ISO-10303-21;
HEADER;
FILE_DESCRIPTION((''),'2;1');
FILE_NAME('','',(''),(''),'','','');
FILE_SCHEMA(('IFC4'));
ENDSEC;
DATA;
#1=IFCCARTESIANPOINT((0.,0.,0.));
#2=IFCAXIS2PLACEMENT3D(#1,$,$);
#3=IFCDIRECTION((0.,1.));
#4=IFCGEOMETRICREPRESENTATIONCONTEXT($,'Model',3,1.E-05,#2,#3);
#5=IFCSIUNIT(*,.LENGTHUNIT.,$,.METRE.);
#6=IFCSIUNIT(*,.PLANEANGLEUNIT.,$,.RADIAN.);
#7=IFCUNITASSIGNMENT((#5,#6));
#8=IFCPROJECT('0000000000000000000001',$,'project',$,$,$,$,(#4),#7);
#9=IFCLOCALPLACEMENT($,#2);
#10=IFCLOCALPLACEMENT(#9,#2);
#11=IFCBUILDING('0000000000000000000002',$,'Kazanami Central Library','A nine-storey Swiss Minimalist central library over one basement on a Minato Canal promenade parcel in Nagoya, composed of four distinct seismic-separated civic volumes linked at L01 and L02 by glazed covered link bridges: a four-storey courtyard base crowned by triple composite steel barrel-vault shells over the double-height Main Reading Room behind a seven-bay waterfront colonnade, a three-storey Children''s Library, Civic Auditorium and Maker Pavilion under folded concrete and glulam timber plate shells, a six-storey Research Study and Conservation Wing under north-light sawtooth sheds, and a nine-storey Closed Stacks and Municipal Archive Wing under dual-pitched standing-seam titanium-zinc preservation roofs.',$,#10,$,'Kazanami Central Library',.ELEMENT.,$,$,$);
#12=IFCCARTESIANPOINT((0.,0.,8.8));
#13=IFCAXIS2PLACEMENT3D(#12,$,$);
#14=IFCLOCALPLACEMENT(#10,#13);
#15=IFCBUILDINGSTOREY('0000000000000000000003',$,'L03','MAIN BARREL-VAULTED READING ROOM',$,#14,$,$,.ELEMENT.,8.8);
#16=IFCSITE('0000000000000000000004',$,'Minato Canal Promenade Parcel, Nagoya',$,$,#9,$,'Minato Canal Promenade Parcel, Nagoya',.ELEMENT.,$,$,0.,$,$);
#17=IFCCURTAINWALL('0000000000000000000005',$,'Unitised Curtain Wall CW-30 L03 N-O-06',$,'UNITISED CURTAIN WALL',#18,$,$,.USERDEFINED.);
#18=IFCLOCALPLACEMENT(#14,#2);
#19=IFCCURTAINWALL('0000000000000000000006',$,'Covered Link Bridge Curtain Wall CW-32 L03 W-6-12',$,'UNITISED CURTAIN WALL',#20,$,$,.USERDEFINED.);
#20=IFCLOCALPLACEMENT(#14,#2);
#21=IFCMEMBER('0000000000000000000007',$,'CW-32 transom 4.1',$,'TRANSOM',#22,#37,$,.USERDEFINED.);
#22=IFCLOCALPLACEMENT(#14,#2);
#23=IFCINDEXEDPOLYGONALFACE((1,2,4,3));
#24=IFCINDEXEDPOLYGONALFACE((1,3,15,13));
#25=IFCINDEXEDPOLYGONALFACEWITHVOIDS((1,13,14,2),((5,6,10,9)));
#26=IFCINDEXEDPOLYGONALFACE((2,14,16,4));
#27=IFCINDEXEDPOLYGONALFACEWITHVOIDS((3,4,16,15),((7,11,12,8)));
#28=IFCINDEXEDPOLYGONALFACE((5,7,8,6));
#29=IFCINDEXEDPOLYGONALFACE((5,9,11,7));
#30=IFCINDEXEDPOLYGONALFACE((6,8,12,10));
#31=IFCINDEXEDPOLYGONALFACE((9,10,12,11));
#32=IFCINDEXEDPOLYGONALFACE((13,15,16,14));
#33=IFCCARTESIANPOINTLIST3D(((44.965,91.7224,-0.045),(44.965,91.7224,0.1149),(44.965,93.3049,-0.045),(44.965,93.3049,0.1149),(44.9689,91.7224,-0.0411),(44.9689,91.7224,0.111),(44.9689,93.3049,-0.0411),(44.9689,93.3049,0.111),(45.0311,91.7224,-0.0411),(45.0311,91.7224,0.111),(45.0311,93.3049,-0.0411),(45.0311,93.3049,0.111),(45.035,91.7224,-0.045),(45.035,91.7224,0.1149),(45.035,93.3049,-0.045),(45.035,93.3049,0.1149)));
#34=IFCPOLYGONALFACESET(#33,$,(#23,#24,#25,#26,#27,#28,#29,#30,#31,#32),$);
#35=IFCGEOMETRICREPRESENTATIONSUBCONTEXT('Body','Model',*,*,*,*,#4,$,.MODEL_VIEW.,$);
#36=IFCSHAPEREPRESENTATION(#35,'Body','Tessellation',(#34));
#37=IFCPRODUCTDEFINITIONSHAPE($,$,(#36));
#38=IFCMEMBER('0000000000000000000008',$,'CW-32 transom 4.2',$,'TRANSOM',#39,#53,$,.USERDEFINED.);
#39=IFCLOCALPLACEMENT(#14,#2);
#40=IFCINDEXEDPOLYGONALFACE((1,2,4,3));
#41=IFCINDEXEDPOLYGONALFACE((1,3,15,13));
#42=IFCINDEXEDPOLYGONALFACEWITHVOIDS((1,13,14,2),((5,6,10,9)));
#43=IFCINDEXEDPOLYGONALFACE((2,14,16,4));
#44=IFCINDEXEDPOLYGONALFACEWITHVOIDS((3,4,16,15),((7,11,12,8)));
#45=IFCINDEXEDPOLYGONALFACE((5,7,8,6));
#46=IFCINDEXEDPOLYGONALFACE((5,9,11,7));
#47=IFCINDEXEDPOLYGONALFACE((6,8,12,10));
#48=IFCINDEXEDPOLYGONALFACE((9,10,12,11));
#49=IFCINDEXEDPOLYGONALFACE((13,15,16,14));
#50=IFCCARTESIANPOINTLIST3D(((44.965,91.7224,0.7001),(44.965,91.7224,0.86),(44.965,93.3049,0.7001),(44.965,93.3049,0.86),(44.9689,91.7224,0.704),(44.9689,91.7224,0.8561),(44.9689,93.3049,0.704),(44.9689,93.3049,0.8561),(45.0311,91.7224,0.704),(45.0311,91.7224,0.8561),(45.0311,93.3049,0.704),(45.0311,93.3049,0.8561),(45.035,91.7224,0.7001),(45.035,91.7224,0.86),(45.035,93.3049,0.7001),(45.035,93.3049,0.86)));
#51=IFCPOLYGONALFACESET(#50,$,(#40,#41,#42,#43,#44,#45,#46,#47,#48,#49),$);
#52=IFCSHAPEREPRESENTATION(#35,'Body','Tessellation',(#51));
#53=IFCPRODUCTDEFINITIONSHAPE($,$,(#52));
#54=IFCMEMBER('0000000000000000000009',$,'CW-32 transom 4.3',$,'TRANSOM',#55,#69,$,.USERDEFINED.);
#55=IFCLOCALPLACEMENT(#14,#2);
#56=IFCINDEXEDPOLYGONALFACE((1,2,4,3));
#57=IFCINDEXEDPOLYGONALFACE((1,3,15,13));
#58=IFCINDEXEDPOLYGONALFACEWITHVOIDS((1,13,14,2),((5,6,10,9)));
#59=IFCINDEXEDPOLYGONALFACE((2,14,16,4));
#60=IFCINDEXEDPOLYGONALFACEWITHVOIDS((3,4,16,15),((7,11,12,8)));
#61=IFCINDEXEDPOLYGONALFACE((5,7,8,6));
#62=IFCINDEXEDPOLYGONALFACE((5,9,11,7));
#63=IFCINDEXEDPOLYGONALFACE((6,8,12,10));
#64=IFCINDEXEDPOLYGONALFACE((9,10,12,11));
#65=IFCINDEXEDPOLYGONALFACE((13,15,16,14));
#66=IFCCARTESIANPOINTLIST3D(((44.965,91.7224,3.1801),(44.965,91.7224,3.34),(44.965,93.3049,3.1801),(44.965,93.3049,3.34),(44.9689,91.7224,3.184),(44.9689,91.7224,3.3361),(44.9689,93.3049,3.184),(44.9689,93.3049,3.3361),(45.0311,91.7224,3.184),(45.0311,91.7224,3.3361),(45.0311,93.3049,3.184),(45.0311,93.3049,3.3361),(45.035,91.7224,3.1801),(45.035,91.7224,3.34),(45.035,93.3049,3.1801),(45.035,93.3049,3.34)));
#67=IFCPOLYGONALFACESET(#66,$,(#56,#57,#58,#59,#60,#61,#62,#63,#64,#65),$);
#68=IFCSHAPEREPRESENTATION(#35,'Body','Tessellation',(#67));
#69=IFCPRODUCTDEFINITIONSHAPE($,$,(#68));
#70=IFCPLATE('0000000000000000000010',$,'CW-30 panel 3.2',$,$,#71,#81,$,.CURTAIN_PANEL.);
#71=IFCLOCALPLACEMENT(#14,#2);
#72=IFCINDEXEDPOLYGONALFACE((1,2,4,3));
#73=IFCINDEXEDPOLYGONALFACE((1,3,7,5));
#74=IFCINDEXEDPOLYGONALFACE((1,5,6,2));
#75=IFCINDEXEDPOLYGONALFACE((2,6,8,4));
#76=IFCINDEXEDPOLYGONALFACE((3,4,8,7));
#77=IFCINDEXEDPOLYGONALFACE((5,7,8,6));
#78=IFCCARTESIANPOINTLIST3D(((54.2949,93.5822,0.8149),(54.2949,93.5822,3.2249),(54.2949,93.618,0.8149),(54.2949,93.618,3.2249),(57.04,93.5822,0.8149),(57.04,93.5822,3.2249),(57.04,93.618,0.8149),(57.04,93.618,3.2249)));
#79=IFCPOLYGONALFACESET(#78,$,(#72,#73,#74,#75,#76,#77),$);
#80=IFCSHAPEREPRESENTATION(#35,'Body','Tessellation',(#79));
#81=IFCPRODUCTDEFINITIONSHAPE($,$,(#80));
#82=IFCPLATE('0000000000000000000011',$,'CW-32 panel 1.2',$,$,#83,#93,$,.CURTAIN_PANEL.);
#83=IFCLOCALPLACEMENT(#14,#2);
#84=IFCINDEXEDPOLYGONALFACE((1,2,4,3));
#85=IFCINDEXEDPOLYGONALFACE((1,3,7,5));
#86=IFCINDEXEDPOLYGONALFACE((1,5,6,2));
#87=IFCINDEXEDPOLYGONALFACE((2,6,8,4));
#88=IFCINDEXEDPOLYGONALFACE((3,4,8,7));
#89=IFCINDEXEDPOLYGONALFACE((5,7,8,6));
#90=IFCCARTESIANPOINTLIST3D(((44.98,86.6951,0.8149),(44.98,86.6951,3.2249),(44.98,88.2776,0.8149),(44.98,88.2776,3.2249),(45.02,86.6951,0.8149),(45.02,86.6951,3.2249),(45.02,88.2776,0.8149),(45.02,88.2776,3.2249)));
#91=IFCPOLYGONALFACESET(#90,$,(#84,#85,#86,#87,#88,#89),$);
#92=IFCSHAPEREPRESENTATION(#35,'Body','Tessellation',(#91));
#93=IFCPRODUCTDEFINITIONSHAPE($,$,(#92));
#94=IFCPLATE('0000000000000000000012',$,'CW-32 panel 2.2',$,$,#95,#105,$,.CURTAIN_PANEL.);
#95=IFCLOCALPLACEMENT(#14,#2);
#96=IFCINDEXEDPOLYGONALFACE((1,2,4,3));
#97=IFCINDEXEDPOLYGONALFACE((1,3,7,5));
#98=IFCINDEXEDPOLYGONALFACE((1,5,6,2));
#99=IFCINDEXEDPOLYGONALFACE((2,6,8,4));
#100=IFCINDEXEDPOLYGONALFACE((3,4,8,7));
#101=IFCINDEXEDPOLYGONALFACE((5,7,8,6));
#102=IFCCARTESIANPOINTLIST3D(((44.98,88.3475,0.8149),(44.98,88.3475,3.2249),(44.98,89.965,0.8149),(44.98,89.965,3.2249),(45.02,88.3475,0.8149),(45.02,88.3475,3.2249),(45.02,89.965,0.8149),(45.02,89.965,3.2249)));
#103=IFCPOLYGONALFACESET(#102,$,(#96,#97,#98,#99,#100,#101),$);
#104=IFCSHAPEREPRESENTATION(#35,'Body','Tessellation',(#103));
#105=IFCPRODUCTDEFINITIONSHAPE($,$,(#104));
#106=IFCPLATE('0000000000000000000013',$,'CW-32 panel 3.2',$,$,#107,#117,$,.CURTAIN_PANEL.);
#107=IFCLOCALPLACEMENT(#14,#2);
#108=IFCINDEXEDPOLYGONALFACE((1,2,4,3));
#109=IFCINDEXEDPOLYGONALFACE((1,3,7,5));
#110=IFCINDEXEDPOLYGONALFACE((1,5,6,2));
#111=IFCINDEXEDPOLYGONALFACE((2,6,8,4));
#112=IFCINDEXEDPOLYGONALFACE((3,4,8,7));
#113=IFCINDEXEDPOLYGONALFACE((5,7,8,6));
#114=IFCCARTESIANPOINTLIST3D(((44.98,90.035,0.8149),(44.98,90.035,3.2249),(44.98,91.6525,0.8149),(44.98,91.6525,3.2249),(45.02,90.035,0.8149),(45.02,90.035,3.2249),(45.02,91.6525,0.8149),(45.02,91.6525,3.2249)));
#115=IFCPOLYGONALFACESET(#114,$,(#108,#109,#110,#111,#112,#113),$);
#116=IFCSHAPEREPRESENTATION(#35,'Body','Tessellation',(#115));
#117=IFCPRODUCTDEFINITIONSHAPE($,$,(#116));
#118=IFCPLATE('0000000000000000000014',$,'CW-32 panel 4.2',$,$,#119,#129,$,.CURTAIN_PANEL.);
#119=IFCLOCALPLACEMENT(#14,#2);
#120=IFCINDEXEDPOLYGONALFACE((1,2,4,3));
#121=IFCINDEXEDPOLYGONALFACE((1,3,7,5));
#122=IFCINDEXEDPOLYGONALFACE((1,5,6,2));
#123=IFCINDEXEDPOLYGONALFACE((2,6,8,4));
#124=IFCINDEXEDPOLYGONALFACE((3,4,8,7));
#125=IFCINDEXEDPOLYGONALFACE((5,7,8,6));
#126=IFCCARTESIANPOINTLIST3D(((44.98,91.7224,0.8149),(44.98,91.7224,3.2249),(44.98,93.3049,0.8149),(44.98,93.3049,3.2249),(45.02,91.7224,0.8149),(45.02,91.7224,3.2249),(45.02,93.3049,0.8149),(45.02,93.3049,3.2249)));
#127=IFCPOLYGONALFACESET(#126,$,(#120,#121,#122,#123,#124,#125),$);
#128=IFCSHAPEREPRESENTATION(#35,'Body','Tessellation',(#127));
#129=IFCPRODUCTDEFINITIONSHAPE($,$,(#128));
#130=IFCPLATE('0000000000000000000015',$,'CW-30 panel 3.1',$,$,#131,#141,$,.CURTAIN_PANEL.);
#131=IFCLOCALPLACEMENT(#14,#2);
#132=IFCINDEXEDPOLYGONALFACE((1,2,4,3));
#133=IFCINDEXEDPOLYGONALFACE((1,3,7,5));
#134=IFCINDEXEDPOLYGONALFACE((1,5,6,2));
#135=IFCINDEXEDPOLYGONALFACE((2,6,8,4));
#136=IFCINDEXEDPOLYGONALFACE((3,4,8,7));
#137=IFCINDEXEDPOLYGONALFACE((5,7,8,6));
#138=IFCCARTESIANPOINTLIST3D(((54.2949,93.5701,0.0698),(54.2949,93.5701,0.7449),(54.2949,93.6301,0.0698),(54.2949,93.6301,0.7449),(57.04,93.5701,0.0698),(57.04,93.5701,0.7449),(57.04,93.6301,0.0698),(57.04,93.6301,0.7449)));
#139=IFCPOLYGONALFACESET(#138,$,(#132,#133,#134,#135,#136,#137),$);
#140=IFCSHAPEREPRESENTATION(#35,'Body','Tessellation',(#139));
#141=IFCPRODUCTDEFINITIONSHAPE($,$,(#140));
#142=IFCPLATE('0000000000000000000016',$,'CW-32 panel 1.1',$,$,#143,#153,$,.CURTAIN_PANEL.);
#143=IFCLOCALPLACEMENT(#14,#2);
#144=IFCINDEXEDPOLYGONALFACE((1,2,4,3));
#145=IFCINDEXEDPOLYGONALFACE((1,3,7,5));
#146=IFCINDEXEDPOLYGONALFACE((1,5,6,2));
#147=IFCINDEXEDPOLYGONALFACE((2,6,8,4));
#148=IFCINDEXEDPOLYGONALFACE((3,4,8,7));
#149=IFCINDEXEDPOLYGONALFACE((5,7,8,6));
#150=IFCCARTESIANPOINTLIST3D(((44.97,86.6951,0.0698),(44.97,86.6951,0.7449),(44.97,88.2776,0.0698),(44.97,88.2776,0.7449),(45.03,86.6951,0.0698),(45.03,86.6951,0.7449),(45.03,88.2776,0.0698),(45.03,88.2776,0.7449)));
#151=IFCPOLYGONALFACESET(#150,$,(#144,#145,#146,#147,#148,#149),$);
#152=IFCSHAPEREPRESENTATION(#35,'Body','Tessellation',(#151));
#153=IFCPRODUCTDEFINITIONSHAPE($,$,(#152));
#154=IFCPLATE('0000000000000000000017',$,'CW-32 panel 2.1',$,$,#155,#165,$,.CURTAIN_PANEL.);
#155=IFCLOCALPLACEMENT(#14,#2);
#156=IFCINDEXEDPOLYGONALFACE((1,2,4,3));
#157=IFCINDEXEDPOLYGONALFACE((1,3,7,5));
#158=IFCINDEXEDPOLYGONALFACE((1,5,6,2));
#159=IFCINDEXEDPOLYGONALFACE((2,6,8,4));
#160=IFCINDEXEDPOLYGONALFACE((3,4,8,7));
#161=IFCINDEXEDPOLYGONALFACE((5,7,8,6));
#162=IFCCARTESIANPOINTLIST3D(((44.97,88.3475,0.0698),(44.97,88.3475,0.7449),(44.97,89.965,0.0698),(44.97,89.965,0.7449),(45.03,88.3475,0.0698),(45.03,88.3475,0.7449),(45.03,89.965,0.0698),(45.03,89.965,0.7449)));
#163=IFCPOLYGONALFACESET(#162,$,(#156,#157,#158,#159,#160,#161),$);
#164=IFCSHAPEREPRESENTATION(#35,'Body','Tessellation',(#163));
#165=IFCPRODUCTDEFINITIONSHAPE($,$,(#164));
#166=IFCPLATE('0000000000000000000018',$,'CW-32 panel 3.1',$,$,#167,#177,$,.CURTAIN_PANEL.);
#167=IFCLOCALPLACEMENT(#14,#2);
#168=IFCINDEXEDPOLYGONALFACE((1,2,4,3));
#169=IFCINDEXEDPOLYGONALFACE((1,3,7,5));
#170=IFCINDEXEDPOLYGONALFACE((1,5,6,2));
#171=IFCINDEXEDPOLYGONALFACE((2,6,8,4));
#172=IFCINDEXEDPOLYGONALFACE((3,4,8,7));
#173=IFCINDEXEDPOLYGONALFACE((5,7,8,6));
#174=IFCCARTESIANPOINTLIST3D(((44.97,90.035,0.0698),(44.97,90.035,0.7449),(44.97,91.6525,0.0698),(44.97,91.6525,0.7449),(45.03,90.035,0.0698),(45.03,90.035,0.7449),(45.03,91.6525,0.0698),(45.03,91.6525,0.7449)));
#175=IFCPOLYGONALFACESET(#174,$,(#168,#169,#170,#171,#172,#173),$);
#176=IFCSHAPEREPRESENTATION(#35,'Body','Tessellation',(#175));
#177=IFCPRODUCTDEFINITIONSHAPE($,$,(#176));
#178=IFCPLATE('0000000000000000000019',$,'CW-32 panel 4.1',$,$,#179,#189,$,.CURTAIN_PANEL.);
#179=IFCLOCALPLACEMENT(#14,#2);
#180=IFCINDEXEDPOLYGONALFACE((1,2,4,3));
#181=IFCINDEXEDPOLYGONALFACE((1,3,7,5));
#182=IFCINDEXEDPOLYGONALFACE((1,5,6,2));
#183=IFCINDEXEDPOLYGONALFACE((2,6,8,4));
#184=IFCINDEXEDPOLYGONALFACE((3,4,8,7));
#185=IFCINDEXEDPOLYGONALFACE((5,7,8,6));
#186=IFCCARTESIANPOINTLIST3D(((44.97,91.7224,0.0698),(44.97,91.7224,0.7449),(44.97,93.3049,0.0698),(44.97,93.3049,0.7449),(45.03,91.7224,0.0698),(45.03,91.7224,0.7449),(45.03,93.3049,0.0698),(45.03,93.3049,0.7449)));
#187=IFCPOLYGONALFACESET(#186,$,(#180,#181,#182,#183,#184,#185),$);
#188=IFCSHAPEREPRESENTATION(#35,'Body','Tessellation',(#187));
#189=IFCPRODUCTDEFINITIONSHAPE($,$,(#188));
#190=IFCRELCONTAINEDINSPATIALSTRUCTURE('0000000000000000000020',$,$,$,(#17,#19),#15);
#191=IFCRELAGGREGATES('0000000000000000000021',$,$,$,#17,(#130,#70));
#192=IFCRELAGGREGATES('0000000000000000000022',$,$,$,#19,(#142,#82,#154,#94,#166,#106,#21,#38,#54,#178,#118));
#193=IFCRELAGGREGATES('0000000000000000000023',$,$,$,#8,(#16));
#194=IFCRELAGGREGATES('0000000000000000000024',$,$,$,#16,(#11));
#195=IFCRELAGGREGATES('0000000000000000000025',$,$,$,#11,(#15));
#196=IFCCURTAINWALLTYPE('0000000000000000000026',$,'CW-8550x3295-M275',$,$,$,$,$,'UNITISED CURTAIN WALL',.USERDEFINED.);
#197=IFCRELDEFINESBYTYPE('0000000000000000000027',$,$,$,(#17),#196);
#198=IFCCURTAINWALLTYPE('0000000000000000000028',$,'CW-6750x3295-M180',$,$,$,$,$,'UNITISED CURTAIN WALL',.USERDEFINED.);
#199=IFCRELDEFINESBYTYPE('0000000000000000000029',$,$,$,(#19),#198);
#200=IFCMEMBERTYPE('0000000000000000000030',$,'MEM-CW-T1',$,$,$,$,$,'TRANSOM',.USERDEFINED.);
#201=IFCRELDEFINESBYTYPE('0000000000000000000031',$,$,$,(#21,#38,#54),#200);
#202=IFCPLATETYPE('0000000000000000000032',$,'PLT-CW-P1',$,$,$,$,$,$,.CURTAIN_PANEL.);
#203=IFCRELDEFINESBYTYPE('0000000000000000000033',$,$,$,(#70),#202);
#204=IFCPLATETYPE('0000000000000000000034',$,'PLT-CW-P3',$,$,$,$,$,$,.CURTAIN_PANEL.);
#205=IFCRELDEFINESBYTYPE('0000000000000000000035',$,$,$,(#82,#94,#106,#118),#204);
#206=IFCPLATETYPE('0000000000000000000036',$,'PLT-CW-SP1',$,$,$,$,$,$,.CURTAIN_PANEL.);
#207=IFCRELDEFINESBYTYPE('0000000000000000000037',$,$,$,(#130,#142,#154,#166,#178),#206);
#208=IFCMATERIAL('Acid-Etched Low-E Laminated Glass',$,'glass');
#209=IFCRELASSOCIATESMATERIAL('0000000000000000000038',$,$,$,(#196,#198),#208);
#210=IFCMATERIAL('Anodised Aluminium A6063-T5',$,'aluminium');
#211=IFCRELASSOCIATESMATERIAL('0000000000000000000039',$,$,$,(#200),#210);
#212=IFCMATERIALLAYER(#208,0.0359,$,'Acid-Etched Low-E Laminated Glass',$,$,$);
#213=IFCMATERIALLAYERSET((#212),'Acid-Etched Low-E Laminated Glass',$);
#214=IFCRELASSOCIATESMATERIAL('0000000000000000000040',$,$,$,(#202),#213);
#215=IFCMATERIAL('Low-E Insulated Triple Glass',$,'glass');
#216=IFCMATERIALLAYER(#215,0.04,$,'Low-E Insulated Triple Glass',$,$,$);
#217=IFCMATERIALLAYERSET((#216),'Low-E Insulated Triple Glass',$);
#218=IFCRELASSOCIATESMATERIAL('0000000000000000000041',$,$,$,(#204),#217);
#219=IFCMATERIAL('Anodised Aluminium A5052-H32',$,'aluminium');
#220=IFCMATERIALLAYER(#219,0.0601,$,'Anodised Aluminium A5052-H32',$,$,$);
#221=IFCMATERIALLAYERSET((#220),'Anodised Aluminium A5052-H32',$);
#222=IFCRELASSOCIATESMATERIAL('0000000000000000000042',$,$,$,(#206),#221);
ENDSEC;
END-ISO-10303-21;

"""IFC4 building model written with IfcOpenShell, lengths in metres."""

from ifc_helpers import new_model, si_unit, direction, frame, origin, origin_2d, place, context, subcontext, project, spatial, rectangle, hollow_rectangle, extrude, material, layer, layer_set, material_profile, profile_set, type_object, element, aggregate, save


model = new_model("IFC4")

# Units and contexts
model_context = context("Model", 3, precision=1e-05, world=origin(), true_north=direction((0.0, 1.0)))
body_context = subcontext(model_context, "Body", "Model", "MODEL_VIEW")
ifc_project = project(units=[si_unit("LENGTHUNIT", "METRE"), si_unit("PLANEANGLEUNIT", "RADIAN")], contexts=[model_context])

# Site, building, storey
site_placement = place(None, origin())
site = spatial("IfcSite", under=ifc_project, at=site_placement, Name="Minato Canal Promenade Parcel, Nagoya", LongName="Minato Canal Promenade Parcel, Nagoya", CompositionType="ELEMENT", RefElevation=0.0)
building_placement = place(site_placement, origin())
building = spatial("IfcBuilding", under=site, at=building_placement, Name="Kazanami Central Library", Description="A nine-storey Swiss Minimalist central library over one basement on a Minato Canal promenade parcel in Nagoya, composed of four distinct seismic-separated civic volumes linked at L01 and L02 by glazed covered link bridges: a four-storey courtyard base crowned by triple composite steel barrel-vault shells over the double-height Main Reading Room behind a seven-bay waterfront colonnade, a three-storey Children's Library, Civic Auditorium and Maker Pavilion under folded concrete and glulam timber plate shells, a six-storey Research Study and Conservation Wing under north-light sawtooth sheds, and a nine-storey Closed Stacks and Municipal Archive Wing under dual-pitched standing-seam titanium-zinc preservation roofs.", LongName="Kazanami Central Library", CompositionType="ELEMENT")
storey_placement = place(building_placement, frame((0.0, 0.0, 8.8)))
storey = spatial("IfcBuildingStorey", under=building, at=storey_placement, Name="L03", Description="MAIN BARREL-VAULTED READING ROOM", CompositionType="ELEMENT", Elevation=8.8)

# Curtain wall
ifc_material_1 = material(Name="Acid-Etched Low-E Laminated Glass", Category="glass")
curtain_wall_type_1 = type_object("IfcCurtainWallType", Name="CW-8550x3295-M275", ElementType="UNITISED CURTAIN WALL", PredefinedType="USERDEFINED", material=ifc_material_1)
curtain_wall_1_placement = place(storey_placement, origin())
curtain_wall_1 = element("IfcCurtainWall", 1, at=curtain_wall_1_placement, inside=storey, type_object=curtain_wall_type_1, Name="Unitised Curtain Wall CW-30 L03 N-O-06", ObjectType="UNITISED CURTAIN WALL", PredefinedType="USERDEFINED")
ifc_material_2 = material(Name="Anodised Aluminium A6063-T5", Category="aluminium")

# Curtain wall
curtain_wall_type_2 = type_object("IfcCurtainWallType", Name="CW-6750x3295-M180", ElementType="UNITISED CURTAIN WALL", PredefinedType="USERDEFINED", material=ifc_material_1)
curtain_wall_2_placement = place(storey_placement, origin())
curtain_wall_2 = element("IfcCurtainWall", 2, at=curtain_wall_2_placement, inside=storey, type_object=curtain_wall_type_2, Name="Covered Link Bridge Curtain Wall CW-32 L03 W-6-12", ObjectType="UNITISED CURTAIN WALL", PredefinedType="USERDEFINED")

# Members
ifc_material_profile_1 = material_profile(ifc_material_2, hollow_rectangle(XDim=0.0701, YDim=0.1599, WallThickness=0.0039, at=origin_2d()), Name="ALU-TRAN-70x160x4")
ifc_profile_set_1 = profile_set([ifc_material_profile_1], Name="Anodised Aluminium A6063-T5")
member_type_1 = type_object("IfcMemberType", Name="MEM-CW-T1", ElementType="TRANSOM", PredefinedType="USERDEFINED", material=ifc_profile_set_1)
member_1_placement = place(storey_placement, frame((45.0, 91.7224, 0.0349), z_axis=(0.0, 1.0, 0.0), x_axis=(-1.0, 0.0, 0.0)))
member_1 = element("IfcMember", 3, at=member_1_placement, type_object=member_type_1, Name="CW-32 transom 4.1", ObjectType="TRANSOM", PredefinedType="USERDEFINED", context=body_context, shape_type="SweptSolid", body=[
    extrude(hollow_rectangle(XDim=0.0701, YDim=0.1599, WallThickness=0.0039, at=origin_2d()), origin(), (0.0, 0.0, 1.0), 1.5825),
])
member_2_placement = place(storey_placement, frame((45.0, 91.7224, 0.78), z_axis=(0.0, 1.0, 0.0), x_axis=(-1.0, 0.0, 0.0)))
member_2 = element("IfcMember", 4, at=member_2_placement, type_object=member_type_1, Name="CW-32 transom 4.2", ObjectType="TRANSOM", PredefinedType="USERDEFINED", context=body_context, shape_type="SweptSolid", body=[
    extrude(hollow_rectangle(XDim=0.0701, YDim=0.1599, WallThickness=0.0039, at=origin_2d()), origin(), (0.0, 0.0, 1.0), 1.5825),
])
member_3_placement = place(storey_placement, frame((45.0, 91.7224, 3.26), z_axis=(0.0, 1.0, 0.0), x_axis=(-1.0, 0.0, 0.0)))
member_3 = element("IfcMember", 5, at=member_3_placement, type_object=member_type_1, Name="CW-32 transom 4.3", ObjectType="TRANSOM", PredefinedType="USERDEFINED", context=body_context, shape_type="SweptSolid", body=[
    extrude(hollow_rectangle(XDim=0.0701, YDim=0.1599, WallThickness=0.0039, at=origin_2d()), origin(), (0.0, 0.0, 1.0), 1.5825),
])

# Plates
ifc_layer_1 = layer(ifc_material_1, 0.0359, Name="Acid-Etched Low-E Laminated Glass")
ifc_layer_set_1 = layer_set([ifc_layer_1], Name="Acid-Etched Low-E Laminated Glass")
plate_type_1 = type_object("IfcPlateType", Name="PLT-CW-P1", PredefinedType="CURTAIN_PANEL", material=ifc_layer_set_1)
plate_1_placement = place(storey_placement, frame((55.6675, 93.6001, 0.8149), z_axis=(0.0, 0.0, 1.0), x_axis=(-1.0, 0.0, 0.0)))
plate_1 = element("IfcPlate", 6, at=plate_1_placement, type_object=plate_type_1, Name="CW-30 panel 3.2", PredefinedType="CURTAIN_PANEL", context=body_context, shape_type="SweptSolid", body=[
    extrude(rectangle(XDim=2.7451, YDim=0.0359, at=origin_2d()), origin(), (0.0, 0.0, 1.0), 2.4099),
])
ifc_material_3 = material(Name="Low-E Insulated Triple Glass", Category="glass")
ifc_layer_2 = layer(ifc_material_3, 0.04, Name="Low-E Insulated Triple Glass")
ifc_layer_set_2 = layer_set([ifc_layer_2], Name="Low-E Insulated Triple Glass")
plate_type_2 = type_object("IfcPlateType", Name="PLT-CW-P3", PredefinedType="CURTAIN_PANEL", material=ifc_layer_set_2)
plate_2_placement = place(storey_placement, frame((45.0, 87.4863, 0.8149), z_axis=(0.0, 0.0, 1.0), x_axis=(0.0, 1.0, 0.0)))
plate_2 = element("IfcPlate", 7, at=plate_2_placement, type_object=plate_type_2, Name="CW-32 panel 1.2", PredefinedType="CURTAIN_PANEL", context=body_context, shape_type="SweptSolid", body=[
    extrude(rectangle(XDim=1.5825, YDim=0.04, at=origin_2d()), origin(), (0.0, 0.0, 1.0), 2.4099),
])
plate_3_placement = place(storey_placement, frame((45.0, 89.1562, 0.8149), z_axis=(0.0, 0.0, 1.0), x_axis=(0.0, 1.0, 0.0)))
plate_3 = element("IfcPlate", 8, at=plate_3_placement, type_object=plate_type_2, Name="CW-32 panel 2.2", PredefinedType="CURTAIN_PANEL", context=body_context, shape_type="SweptSolid", body=[
    extrude(rectangle(XDim=1.6174, YDim=0.04, at=origin_2d()), origin(), (0.0, 0.0, 1.0), 2.4099),
])
plate_4_placement = place(storey_placement, frame((45.0, 90.8438, 0.8149), z_axis=(0.0, 0.0, 1.0), x_axis=(0.0, 1.0, 0.0)))
plate_4 = element("IfcPlate", 9, at=plate_4_placement, type_object=plate_type_2, Name="CW-32 panel 3.2", PredefinedType="CURTAIN_PANEL", context=body_context, shape_type="SweptSolid", body=[
    extrude(rectangle(XDim=1.6174, YDim=0.04, at=origin_2d()), origin(), (0.0, 0.0, 1.0), 2.4099),
])
plate_5_placement = place(storey_placement, frame((45.0, 92.5137, 0.8149), z_axis=(0.0, 0.0, 1.0), x_axis=(0.0, 1.0, 0.0)))
plate_5 = element("IfcPlate", 10, at=plate_5_placement, type_object=plate_type_2, Name="CW-32 panel 4.2", PredefinedType="CURTAIN_PANEL", context=body_context, shape_type="SweptSolid", body=[
    extrude(rectangle(XDim=1.5825, YDim=0.04, at=origin_2d()), origin(), (0.0, 0.0, 1.0), 2.4099),
])
ifc_material_4 = material(Name="Anodised Aluminium A5052-H32", Category="aluminium")
ifc_layer_3 = layer(ifc_material_4, 0.0601, Name="Anodised Aluminium A5052-H32")
ifc_layer_set_3 = layer_set([ifc_layer_3], Name="Anodised Aluminium A5052-H32")
plate_type_3 = type_object("IfcPlateType", Name="PLT-CW-SP1", PredefinedType="CURTAIN_PANEL", material=ifc_layer_set_3)
plate_6_placement = place(storey_placement, frame((55.6675, 93.6001, 0.0698), z_axis=(0.0, 0.0, 1.0), x_axis=(-1.0, 0.0, 0.0)))
plate_6 = element("IfcPlate", 11, at=plate_6_placement, type_object=plate_type_3, Name="CW-30 panel 3.1", PredefinedType="CURTAIN_PANEL", context=body_context, shape_type="SweptSolid", body=[
    extrude(rectangle(XDim=2.7451, YDim=0.0601, at=origin_2d()), origin(), (0.0, 0.0, 1.0), 0.675),
])
aggregate(curtain_wall_1, [plate_6, plate_1])
plate_7_placement = place(storey_placement, frame((45.0, 87.4863, 0.0698), z_axis=(0.0, 0.0, 1.0), x_axis=(0.0, 1.0, 0.0)))
plate_7 = element("IfcPlate", 12, at=plate_7_placement, type_object=plate_type_3, Name="CW-32 panel 1.1", PredefinedType="CURTAIN_PANEL", context=body_context, shape_type="SweptSolid", body=[
    extrude(rectangle(XDim=1.5825, YDim=0.0601, at=origin_2d()), origin(), (0.0, 0.0, 1.0), 0.675),
])
plate_8_placement = place(storey_placement, frame((45.0, 89.1562, 0.0698), z_axis=(0.0, 0.0, 1.0), x_axis=(0.0, 1.0, 0.0)))
plate_8 = element("IfcPlate", 13, at=plate_8_placement, type_object=plate_type_3, Name="CW-32 panel 2.1", PredefinedType="CURTAIN_PANEL", context=body_context, shape_type="SweptSolid", body=[
    extrude(rectangle(XDim=1.6174, YDim=0.0601, at=origin_2d()), origin(), (0.0, 0.0, 1.0), 0.675),
])
plate_9_placement = place(storey_placement, frame((45.0, 90.8438, 0.0698), z_axis=(0.0, 0.0, 1.0), x_axis=(0.0, 1.0, 0.0)))
plate_9 = element("IfcPlate", 14, at=plate_9_placement, type_object=plate_type_3, Name="CW-32 panel 3.1", PredefinedType="CURTAIN_PANEL", context=body_context, shape_type="SweptSolid", body=[
    extrude(rectangle(XDim=1.6174, YDim=0.0601, at=origin_2d()), origin(), (0.0, 0.0, 1.0), 0.675),
])
plate_10_placement = place(storey_placement, frame((45.0, 92.5137, 0.0698), z_axis=(0.0, 0.0, 1.0), x_axis=(0.0, 1.0, 0.0)))
plate_10 = element("IfcPlate", 15, at=plate_10_placement, type_object=plate_type_3, Name="CW-32 panel 4.1", PredefinedType="CURTAIN_PANEL", context=body_context, shape_type="SweptSolid", body=[
    extrude(rectangle(XDim=1.5825, YDim=0.0601, at=origin_2d()), origin(), (0.0, 0.0, 1.0), 0.675),
])
aggregate(curtain_wall_2, [plate_7, plate_2, plate_8, plate_3, plate_9, plate_4, member_1, member_2, member_3, plate_10, plate_5])

save(model, "model.ifc")
